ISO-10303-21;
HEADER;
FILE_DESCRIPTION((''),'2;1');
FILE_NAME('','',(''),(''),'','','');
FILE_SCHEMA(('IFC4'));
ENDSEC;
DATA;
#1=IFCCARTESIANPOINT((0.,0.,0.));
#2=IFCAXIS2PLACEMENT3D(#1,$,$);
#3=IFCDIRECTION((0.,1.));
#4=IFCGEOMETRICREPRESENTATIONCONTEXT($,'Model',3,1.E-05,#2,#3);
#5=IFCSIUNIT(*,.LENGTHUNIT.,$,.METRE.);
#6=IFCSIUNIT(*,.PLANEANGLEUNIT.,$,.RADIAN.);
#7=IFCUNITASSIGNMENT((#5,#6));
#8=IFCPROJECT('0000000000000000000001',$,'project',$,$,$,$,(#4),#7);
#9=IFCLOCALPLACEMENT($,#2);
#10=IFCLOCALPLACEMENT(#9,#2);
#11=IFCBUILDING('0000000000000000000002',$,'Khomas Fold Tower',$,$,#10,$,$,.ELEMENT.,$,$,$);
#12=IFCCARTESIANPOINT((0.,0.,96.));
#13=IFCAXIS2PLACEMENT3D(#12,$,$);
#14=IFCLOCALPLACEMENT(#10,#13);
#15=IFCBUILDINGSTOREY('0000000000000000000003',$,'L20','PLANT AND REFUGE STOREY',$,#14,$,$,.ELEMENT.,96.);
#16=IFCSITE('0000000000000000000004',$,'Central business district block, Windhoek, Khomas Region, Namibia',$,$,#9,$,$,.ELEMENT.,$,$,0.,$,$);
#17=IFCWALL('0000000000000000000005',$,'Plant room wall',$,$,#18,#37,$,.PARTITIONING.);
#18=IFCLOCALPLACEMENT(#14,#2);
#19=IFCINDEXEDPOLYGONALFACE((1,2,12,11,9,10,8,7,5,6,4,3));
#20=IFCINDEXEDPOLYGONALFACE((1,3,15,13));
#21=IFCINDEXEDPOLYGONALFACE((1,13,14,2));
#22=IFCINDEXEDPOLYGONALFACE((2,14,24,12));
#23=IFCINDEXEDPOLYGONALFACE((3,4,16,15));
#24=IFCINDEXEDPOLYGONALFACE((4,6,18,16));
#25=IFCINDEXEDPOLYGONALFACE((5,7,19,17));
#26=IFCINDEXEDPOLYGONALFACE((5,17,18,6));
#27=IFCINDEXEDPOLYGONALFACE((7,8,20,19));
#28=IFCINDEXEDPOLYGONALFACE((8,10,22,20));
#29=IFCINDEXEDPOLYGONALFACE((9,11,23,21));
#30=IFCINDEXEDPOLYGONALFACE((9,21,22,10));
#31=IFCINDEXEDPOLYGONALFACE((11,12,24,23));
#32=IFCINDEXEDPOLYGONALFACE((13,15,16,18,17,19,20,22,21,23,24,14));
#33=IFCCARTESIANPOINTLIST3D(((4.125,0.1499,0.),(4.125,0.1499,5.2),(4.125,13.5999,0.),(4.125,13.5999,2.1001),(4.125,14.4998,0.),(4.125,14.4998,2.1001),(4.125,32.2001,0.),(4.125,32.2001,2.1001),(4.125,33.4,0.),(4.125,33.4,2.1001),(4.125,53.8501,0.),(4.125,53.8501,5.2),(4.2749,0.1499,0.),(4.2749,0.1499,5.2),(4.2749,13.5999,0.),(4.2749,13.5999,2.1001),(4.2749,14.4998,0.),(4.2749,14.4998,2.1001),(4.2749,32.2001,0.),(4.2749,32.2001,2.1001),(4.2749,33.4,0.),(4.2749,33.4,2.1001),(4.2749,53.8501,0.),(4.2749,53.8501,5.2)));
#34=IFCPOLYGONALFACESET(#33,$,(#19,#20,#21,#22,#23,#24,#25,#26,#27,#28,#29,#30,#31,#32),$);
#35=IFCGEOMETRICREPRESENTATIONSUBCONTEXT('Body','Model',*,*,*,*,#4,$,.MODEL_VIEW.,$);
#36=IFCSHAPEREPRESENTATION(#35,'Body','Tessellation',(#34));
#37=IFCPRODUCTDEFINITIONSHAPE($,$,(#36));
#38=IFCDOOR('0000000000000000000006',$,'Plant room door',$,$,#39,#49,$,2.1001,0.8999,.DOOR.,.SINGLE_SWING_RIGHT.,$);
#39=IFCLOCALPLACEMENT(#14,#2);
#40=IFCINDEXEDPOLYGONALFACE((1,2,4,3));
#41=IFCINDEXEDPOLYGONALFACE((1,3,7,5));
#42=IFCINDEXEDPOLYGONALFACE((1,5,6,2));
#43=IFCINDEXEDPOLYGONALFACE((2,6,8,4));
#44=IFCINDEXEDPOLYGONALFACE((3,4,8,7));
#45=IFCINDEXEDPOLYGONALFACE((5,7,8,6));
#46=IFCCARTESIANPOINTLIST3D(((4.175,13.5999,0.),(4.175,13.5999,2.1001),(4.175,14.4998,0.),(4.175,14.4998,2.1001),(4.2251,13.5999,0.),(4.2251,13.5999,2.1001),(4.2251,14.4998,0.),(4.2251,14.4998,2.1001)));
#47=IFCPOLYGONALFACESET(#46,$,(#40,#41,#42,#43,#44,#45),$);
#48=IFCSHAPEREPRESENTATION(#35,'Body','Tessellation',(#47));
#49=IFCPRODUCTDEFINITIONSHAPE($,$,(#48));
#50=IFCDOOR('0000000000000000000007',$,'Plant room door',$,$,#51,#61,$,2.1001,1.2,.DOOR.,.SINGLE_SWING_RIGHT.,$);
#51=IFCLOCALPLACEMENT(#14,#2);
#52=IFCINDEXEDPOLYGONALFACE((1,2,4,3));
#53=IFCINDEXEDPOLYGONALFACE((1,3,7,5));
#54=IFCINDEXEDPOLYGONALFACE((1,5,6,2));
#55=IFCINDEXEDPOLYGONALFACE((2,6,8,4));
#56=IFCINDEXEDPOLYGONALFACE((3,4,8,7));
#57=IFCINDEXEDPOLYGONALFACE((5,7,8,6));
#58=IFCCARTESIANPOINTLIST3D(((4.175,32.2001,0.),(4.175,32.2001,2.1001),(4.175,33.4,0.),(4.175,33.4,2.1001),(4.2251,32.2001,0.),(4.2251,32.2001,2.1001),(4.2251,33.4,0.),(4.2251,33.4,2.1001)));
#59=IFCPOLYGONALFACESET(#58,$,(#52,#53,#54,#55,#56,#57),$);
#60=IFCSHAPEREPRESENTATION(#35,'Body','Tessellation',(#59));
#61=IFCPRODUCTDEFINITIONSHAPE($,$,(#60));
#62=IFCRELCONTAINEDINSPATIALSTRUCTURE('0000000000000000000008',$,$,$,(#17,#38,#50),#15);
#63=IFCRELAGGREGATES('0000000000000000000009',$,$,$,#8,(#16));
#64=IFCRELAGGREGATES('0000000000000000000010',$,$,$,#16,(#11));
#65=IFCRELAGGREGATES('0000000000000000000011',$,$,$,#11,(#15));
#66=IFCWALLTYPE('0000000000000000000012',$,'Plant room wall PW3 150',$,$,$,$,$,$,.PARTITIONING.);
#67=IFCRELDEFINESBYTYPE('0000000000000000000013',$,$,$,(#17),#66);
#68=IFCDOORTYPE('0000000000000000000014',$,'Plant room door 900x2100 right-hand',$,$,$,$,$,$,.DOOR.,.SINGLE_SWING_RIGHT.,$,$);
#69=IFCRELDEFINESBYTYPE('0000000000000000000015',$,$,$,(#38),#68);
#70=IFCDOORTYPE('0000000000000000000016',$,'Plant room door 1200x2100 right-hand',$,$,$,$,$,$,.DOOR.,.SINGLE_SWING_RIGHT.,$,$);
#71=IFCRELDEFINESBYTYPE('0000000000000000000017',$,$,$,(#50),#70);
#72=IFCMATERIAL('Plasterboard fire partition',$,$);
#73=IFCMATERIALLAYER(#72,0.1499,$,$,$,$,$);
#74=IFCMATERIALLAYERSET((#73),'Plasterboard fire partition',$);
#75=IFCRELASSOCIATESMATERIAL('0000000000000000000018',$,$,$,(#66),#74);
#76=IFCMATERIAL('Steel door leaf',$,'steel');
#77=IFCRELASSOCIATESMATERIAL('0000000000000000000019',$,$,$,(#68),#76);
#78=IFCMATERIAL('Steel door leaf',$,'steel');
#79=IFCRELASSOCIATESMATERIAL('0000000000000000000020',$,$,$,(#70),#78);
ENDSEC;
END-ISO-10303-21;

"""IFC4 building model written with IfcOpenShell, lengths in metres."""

from ifc_helpers import new_model, si_unit, direction, frame, frame_2d, origin, place, context, subcontext, project, spatial, rectangle, extrude, source, transform, mapped, material, layer, layer_set, type_object, element, fill, save


model = new_model("IFC4")

# Units and contexts
model_context = context("Model", 3, precision=1e-05, world=origin(), true_north=direction((0.0, 1.0)))
body_context = subcontext(model_context, "Body", "Model", "MODEL_VIEW")
ifc_project = project(units=[si_unit("LENGTHUNIT", "METRE"), si_unit("PLANEANGLEUNIT", "RADIAN")], contexts=[model_context])

# Site, building, storey
site_placement = place(None, origin())
site = spatial("IfcSite", under=ifc_project, at=site_placement, Name="Central business district block, Windhoek, Khomas Region, Namibia", CompositionType="ELEMENT", RefElevation=0.0)
building_placement = place(site_placement, origin())
building = spatial("IfcBuilding", under=site, at=building_placement, Name="Khomas Fold Tower", CompositionType="ELEMENT")
storey_placement = place(building_placement, frame((0.0, 0.0, 96.0)))
storey = spatial("IfcBuildingStorey", under=building, at=storey_placement, Name="L20", Description="PLANT AND REFUGE STOREY", CompositionType="ELEMENT", Elevation=96.0)

# Wall, openings, doors
ifc_material_1 = material(Name="Plasterboard fire partition")
ifc_layer_1 = layer(ifc_material_1, 0.1499)
ifc_layer_set_1 = layer_set([ifc_layer_1], Name="Plasterboard fire partition")
wall_type = type_object("IfcWallType", Name="Plant room wall PW3 150", PredefinedType="PARTITIONING", material=ifc_layer_set_1)
shared_shape_1 = source(origin(), body_context, "Body", "SweptSolid", [
    extrude(rectangle(XDim=53.7002, YDim=0.1499, at=frame_2d((26.8501, 0.0))), origin(), (0.0, 0.0, 1.0), 5.2),
])
wall_placement = place(storey_placement, frame((4.2, 0.1499, 0.0), z_axis=(0.0, 0.0, 1.0), x_axis=(0.0, 1.0, 0.0)))
wall = element("IfcWall", 1, at=wall_placement, inside=storey, type_object=wall_type, Name="Plant room wall", PredefinedType="PARTITIONING", context=body_context, shape_type="MappedRepresentation", body=[
    mapped(shared_shape_1, transform((0.0, 0.0, 0.0))),
])
shared_shape_2 = source(origin(), body_context, "Body", "SweptSolid", [
    extrude(rectangle(XDim=0.8999, YDim=2.1001, at=frame_2d((0.45, 1.05))), frame((0.0, 0.085, 0.0), z_axis=(0.0, -1.0, 0.0), x_axis=(1.0, 0.0, 0.0)), (0.0, 0.0, 1.0), 0.1699),
])
opening_1_placement = place(wall_placement, frame((13.45, 0.0, 0.0)))
opening_1 = element("IfcOpeningElement", 2, at=opening_1_placement, cuts=wall, PredefinedType="OPENING", context=body_context, shape_type="MappedRepresentation", body=[
    mapped(shared_shape_2, transform((0.0, 0.0, 0.0))),
])
shared_shape_3 = source(origin(), body_context, "Body", "SweptSolid", [
    extrude(rectangle(XDim=1.2, YDim=2.1001, at=frame_2d((0.6001, 1.05))), frame((0.0, 0.085, 0.0), z_axis=(0.0, -1.0, 0.0), x_axis=(1.0, 0.0, 0.0)), (0.0, 0.0, 1.0), 0.1699),
])
opening_2_placement = place(wall_placement, frame((32.05, 0.0, 0.0)))
opening_2 = element("IfcOpeningElement", 3, at=opening_2_placement, cuts=wall, PredefinedType="OPENING", context=body_context, shape_type="MappedRepresentation", body=[
    mapped(shared_shape_3, transform((0.0, 0.0, 0.0))),
])
ifc_material_2 = material(Name="Steel door leaf", Category="steel")
door_type_1 = type_object("IfcDoorType", Name="Plant room door 900x2100 right-hand", OperationType="SINGLE_SWING_RIGHT", PredefinedType="DOOR", material=ifc_material_2)
shared_shape_4 = source(origin(), body_context, "Body", "SweptSolid", [
    extrude(rectangle(XDim=0.8999, YDim=2.1001, at=frame_2d((0.45, 1.05))), frame((0.0, 0.0249, 0.0), z_axis=(0.0, -1.0, 0.0), x_axis=(1.0, 0.0, 0.0)), (0.0, 0.0, 1.0), 0.05),
])
door_1_placement = place(opening_1_placement, origin())
door_1 = element("IfcDoor", 4, at=door_1_placement, inside=storey, type_object=door_type_1, Name="Plant room door", OperationType="SINGLE_SWING_RIGHT", OverallHeight=2.1001, OverallWidth=0.8999, PredefinedType="DOOR", context=body_context, shape_type="MappedRepresentation", body=[
    mapped(shared_shape_4, transform((0.0, 0.0, 0.0))),
])
fill(opening_1, door_1)
ifc_material_3 = material(Name="Steel door leaf", Category="steel")
door_type_2 = type_object("IfcDoorType", Name="Plant room door 1200x2100 right-hand", OperationType="SINGLE_SWING_RIGHT", PredefinedType="DOOR", material=ifc_material_3)
shared_shape_5 = source(origin(), body_context, "Body", "SweptSolid", [
    extrude(rectangle(XDim=1.2, YDim=2.1001, at=frame_2d((0.6001, 1.05))), frame((0.0, 0.0249, 0.0), z_axis=(0.0, -1.0, 0.0), x_axis=(1.0, 0.0, 0.0)), (0.0, 0.0, 1.0), 0.05),
])
door_2_placement = place(opening_2_placement, origin())
door_2 = element("IfcDoor", 5, at=door_2_placement, inside=storey, type_object=door_type_2, Name="Plant room door", OperationType="SINGLE_SWING_RIGHT", OverallHeight=2.1001, OverallWidth=1.2, PredefinedType="DOOR", context=body_context, shape_type="MappedRepresentation", body=[
    mapped(shared_shape_5, transform((0.0, 0.0, 0.0))),
])
fill(opening_2, door_2)

save(model, "model.ifc")
